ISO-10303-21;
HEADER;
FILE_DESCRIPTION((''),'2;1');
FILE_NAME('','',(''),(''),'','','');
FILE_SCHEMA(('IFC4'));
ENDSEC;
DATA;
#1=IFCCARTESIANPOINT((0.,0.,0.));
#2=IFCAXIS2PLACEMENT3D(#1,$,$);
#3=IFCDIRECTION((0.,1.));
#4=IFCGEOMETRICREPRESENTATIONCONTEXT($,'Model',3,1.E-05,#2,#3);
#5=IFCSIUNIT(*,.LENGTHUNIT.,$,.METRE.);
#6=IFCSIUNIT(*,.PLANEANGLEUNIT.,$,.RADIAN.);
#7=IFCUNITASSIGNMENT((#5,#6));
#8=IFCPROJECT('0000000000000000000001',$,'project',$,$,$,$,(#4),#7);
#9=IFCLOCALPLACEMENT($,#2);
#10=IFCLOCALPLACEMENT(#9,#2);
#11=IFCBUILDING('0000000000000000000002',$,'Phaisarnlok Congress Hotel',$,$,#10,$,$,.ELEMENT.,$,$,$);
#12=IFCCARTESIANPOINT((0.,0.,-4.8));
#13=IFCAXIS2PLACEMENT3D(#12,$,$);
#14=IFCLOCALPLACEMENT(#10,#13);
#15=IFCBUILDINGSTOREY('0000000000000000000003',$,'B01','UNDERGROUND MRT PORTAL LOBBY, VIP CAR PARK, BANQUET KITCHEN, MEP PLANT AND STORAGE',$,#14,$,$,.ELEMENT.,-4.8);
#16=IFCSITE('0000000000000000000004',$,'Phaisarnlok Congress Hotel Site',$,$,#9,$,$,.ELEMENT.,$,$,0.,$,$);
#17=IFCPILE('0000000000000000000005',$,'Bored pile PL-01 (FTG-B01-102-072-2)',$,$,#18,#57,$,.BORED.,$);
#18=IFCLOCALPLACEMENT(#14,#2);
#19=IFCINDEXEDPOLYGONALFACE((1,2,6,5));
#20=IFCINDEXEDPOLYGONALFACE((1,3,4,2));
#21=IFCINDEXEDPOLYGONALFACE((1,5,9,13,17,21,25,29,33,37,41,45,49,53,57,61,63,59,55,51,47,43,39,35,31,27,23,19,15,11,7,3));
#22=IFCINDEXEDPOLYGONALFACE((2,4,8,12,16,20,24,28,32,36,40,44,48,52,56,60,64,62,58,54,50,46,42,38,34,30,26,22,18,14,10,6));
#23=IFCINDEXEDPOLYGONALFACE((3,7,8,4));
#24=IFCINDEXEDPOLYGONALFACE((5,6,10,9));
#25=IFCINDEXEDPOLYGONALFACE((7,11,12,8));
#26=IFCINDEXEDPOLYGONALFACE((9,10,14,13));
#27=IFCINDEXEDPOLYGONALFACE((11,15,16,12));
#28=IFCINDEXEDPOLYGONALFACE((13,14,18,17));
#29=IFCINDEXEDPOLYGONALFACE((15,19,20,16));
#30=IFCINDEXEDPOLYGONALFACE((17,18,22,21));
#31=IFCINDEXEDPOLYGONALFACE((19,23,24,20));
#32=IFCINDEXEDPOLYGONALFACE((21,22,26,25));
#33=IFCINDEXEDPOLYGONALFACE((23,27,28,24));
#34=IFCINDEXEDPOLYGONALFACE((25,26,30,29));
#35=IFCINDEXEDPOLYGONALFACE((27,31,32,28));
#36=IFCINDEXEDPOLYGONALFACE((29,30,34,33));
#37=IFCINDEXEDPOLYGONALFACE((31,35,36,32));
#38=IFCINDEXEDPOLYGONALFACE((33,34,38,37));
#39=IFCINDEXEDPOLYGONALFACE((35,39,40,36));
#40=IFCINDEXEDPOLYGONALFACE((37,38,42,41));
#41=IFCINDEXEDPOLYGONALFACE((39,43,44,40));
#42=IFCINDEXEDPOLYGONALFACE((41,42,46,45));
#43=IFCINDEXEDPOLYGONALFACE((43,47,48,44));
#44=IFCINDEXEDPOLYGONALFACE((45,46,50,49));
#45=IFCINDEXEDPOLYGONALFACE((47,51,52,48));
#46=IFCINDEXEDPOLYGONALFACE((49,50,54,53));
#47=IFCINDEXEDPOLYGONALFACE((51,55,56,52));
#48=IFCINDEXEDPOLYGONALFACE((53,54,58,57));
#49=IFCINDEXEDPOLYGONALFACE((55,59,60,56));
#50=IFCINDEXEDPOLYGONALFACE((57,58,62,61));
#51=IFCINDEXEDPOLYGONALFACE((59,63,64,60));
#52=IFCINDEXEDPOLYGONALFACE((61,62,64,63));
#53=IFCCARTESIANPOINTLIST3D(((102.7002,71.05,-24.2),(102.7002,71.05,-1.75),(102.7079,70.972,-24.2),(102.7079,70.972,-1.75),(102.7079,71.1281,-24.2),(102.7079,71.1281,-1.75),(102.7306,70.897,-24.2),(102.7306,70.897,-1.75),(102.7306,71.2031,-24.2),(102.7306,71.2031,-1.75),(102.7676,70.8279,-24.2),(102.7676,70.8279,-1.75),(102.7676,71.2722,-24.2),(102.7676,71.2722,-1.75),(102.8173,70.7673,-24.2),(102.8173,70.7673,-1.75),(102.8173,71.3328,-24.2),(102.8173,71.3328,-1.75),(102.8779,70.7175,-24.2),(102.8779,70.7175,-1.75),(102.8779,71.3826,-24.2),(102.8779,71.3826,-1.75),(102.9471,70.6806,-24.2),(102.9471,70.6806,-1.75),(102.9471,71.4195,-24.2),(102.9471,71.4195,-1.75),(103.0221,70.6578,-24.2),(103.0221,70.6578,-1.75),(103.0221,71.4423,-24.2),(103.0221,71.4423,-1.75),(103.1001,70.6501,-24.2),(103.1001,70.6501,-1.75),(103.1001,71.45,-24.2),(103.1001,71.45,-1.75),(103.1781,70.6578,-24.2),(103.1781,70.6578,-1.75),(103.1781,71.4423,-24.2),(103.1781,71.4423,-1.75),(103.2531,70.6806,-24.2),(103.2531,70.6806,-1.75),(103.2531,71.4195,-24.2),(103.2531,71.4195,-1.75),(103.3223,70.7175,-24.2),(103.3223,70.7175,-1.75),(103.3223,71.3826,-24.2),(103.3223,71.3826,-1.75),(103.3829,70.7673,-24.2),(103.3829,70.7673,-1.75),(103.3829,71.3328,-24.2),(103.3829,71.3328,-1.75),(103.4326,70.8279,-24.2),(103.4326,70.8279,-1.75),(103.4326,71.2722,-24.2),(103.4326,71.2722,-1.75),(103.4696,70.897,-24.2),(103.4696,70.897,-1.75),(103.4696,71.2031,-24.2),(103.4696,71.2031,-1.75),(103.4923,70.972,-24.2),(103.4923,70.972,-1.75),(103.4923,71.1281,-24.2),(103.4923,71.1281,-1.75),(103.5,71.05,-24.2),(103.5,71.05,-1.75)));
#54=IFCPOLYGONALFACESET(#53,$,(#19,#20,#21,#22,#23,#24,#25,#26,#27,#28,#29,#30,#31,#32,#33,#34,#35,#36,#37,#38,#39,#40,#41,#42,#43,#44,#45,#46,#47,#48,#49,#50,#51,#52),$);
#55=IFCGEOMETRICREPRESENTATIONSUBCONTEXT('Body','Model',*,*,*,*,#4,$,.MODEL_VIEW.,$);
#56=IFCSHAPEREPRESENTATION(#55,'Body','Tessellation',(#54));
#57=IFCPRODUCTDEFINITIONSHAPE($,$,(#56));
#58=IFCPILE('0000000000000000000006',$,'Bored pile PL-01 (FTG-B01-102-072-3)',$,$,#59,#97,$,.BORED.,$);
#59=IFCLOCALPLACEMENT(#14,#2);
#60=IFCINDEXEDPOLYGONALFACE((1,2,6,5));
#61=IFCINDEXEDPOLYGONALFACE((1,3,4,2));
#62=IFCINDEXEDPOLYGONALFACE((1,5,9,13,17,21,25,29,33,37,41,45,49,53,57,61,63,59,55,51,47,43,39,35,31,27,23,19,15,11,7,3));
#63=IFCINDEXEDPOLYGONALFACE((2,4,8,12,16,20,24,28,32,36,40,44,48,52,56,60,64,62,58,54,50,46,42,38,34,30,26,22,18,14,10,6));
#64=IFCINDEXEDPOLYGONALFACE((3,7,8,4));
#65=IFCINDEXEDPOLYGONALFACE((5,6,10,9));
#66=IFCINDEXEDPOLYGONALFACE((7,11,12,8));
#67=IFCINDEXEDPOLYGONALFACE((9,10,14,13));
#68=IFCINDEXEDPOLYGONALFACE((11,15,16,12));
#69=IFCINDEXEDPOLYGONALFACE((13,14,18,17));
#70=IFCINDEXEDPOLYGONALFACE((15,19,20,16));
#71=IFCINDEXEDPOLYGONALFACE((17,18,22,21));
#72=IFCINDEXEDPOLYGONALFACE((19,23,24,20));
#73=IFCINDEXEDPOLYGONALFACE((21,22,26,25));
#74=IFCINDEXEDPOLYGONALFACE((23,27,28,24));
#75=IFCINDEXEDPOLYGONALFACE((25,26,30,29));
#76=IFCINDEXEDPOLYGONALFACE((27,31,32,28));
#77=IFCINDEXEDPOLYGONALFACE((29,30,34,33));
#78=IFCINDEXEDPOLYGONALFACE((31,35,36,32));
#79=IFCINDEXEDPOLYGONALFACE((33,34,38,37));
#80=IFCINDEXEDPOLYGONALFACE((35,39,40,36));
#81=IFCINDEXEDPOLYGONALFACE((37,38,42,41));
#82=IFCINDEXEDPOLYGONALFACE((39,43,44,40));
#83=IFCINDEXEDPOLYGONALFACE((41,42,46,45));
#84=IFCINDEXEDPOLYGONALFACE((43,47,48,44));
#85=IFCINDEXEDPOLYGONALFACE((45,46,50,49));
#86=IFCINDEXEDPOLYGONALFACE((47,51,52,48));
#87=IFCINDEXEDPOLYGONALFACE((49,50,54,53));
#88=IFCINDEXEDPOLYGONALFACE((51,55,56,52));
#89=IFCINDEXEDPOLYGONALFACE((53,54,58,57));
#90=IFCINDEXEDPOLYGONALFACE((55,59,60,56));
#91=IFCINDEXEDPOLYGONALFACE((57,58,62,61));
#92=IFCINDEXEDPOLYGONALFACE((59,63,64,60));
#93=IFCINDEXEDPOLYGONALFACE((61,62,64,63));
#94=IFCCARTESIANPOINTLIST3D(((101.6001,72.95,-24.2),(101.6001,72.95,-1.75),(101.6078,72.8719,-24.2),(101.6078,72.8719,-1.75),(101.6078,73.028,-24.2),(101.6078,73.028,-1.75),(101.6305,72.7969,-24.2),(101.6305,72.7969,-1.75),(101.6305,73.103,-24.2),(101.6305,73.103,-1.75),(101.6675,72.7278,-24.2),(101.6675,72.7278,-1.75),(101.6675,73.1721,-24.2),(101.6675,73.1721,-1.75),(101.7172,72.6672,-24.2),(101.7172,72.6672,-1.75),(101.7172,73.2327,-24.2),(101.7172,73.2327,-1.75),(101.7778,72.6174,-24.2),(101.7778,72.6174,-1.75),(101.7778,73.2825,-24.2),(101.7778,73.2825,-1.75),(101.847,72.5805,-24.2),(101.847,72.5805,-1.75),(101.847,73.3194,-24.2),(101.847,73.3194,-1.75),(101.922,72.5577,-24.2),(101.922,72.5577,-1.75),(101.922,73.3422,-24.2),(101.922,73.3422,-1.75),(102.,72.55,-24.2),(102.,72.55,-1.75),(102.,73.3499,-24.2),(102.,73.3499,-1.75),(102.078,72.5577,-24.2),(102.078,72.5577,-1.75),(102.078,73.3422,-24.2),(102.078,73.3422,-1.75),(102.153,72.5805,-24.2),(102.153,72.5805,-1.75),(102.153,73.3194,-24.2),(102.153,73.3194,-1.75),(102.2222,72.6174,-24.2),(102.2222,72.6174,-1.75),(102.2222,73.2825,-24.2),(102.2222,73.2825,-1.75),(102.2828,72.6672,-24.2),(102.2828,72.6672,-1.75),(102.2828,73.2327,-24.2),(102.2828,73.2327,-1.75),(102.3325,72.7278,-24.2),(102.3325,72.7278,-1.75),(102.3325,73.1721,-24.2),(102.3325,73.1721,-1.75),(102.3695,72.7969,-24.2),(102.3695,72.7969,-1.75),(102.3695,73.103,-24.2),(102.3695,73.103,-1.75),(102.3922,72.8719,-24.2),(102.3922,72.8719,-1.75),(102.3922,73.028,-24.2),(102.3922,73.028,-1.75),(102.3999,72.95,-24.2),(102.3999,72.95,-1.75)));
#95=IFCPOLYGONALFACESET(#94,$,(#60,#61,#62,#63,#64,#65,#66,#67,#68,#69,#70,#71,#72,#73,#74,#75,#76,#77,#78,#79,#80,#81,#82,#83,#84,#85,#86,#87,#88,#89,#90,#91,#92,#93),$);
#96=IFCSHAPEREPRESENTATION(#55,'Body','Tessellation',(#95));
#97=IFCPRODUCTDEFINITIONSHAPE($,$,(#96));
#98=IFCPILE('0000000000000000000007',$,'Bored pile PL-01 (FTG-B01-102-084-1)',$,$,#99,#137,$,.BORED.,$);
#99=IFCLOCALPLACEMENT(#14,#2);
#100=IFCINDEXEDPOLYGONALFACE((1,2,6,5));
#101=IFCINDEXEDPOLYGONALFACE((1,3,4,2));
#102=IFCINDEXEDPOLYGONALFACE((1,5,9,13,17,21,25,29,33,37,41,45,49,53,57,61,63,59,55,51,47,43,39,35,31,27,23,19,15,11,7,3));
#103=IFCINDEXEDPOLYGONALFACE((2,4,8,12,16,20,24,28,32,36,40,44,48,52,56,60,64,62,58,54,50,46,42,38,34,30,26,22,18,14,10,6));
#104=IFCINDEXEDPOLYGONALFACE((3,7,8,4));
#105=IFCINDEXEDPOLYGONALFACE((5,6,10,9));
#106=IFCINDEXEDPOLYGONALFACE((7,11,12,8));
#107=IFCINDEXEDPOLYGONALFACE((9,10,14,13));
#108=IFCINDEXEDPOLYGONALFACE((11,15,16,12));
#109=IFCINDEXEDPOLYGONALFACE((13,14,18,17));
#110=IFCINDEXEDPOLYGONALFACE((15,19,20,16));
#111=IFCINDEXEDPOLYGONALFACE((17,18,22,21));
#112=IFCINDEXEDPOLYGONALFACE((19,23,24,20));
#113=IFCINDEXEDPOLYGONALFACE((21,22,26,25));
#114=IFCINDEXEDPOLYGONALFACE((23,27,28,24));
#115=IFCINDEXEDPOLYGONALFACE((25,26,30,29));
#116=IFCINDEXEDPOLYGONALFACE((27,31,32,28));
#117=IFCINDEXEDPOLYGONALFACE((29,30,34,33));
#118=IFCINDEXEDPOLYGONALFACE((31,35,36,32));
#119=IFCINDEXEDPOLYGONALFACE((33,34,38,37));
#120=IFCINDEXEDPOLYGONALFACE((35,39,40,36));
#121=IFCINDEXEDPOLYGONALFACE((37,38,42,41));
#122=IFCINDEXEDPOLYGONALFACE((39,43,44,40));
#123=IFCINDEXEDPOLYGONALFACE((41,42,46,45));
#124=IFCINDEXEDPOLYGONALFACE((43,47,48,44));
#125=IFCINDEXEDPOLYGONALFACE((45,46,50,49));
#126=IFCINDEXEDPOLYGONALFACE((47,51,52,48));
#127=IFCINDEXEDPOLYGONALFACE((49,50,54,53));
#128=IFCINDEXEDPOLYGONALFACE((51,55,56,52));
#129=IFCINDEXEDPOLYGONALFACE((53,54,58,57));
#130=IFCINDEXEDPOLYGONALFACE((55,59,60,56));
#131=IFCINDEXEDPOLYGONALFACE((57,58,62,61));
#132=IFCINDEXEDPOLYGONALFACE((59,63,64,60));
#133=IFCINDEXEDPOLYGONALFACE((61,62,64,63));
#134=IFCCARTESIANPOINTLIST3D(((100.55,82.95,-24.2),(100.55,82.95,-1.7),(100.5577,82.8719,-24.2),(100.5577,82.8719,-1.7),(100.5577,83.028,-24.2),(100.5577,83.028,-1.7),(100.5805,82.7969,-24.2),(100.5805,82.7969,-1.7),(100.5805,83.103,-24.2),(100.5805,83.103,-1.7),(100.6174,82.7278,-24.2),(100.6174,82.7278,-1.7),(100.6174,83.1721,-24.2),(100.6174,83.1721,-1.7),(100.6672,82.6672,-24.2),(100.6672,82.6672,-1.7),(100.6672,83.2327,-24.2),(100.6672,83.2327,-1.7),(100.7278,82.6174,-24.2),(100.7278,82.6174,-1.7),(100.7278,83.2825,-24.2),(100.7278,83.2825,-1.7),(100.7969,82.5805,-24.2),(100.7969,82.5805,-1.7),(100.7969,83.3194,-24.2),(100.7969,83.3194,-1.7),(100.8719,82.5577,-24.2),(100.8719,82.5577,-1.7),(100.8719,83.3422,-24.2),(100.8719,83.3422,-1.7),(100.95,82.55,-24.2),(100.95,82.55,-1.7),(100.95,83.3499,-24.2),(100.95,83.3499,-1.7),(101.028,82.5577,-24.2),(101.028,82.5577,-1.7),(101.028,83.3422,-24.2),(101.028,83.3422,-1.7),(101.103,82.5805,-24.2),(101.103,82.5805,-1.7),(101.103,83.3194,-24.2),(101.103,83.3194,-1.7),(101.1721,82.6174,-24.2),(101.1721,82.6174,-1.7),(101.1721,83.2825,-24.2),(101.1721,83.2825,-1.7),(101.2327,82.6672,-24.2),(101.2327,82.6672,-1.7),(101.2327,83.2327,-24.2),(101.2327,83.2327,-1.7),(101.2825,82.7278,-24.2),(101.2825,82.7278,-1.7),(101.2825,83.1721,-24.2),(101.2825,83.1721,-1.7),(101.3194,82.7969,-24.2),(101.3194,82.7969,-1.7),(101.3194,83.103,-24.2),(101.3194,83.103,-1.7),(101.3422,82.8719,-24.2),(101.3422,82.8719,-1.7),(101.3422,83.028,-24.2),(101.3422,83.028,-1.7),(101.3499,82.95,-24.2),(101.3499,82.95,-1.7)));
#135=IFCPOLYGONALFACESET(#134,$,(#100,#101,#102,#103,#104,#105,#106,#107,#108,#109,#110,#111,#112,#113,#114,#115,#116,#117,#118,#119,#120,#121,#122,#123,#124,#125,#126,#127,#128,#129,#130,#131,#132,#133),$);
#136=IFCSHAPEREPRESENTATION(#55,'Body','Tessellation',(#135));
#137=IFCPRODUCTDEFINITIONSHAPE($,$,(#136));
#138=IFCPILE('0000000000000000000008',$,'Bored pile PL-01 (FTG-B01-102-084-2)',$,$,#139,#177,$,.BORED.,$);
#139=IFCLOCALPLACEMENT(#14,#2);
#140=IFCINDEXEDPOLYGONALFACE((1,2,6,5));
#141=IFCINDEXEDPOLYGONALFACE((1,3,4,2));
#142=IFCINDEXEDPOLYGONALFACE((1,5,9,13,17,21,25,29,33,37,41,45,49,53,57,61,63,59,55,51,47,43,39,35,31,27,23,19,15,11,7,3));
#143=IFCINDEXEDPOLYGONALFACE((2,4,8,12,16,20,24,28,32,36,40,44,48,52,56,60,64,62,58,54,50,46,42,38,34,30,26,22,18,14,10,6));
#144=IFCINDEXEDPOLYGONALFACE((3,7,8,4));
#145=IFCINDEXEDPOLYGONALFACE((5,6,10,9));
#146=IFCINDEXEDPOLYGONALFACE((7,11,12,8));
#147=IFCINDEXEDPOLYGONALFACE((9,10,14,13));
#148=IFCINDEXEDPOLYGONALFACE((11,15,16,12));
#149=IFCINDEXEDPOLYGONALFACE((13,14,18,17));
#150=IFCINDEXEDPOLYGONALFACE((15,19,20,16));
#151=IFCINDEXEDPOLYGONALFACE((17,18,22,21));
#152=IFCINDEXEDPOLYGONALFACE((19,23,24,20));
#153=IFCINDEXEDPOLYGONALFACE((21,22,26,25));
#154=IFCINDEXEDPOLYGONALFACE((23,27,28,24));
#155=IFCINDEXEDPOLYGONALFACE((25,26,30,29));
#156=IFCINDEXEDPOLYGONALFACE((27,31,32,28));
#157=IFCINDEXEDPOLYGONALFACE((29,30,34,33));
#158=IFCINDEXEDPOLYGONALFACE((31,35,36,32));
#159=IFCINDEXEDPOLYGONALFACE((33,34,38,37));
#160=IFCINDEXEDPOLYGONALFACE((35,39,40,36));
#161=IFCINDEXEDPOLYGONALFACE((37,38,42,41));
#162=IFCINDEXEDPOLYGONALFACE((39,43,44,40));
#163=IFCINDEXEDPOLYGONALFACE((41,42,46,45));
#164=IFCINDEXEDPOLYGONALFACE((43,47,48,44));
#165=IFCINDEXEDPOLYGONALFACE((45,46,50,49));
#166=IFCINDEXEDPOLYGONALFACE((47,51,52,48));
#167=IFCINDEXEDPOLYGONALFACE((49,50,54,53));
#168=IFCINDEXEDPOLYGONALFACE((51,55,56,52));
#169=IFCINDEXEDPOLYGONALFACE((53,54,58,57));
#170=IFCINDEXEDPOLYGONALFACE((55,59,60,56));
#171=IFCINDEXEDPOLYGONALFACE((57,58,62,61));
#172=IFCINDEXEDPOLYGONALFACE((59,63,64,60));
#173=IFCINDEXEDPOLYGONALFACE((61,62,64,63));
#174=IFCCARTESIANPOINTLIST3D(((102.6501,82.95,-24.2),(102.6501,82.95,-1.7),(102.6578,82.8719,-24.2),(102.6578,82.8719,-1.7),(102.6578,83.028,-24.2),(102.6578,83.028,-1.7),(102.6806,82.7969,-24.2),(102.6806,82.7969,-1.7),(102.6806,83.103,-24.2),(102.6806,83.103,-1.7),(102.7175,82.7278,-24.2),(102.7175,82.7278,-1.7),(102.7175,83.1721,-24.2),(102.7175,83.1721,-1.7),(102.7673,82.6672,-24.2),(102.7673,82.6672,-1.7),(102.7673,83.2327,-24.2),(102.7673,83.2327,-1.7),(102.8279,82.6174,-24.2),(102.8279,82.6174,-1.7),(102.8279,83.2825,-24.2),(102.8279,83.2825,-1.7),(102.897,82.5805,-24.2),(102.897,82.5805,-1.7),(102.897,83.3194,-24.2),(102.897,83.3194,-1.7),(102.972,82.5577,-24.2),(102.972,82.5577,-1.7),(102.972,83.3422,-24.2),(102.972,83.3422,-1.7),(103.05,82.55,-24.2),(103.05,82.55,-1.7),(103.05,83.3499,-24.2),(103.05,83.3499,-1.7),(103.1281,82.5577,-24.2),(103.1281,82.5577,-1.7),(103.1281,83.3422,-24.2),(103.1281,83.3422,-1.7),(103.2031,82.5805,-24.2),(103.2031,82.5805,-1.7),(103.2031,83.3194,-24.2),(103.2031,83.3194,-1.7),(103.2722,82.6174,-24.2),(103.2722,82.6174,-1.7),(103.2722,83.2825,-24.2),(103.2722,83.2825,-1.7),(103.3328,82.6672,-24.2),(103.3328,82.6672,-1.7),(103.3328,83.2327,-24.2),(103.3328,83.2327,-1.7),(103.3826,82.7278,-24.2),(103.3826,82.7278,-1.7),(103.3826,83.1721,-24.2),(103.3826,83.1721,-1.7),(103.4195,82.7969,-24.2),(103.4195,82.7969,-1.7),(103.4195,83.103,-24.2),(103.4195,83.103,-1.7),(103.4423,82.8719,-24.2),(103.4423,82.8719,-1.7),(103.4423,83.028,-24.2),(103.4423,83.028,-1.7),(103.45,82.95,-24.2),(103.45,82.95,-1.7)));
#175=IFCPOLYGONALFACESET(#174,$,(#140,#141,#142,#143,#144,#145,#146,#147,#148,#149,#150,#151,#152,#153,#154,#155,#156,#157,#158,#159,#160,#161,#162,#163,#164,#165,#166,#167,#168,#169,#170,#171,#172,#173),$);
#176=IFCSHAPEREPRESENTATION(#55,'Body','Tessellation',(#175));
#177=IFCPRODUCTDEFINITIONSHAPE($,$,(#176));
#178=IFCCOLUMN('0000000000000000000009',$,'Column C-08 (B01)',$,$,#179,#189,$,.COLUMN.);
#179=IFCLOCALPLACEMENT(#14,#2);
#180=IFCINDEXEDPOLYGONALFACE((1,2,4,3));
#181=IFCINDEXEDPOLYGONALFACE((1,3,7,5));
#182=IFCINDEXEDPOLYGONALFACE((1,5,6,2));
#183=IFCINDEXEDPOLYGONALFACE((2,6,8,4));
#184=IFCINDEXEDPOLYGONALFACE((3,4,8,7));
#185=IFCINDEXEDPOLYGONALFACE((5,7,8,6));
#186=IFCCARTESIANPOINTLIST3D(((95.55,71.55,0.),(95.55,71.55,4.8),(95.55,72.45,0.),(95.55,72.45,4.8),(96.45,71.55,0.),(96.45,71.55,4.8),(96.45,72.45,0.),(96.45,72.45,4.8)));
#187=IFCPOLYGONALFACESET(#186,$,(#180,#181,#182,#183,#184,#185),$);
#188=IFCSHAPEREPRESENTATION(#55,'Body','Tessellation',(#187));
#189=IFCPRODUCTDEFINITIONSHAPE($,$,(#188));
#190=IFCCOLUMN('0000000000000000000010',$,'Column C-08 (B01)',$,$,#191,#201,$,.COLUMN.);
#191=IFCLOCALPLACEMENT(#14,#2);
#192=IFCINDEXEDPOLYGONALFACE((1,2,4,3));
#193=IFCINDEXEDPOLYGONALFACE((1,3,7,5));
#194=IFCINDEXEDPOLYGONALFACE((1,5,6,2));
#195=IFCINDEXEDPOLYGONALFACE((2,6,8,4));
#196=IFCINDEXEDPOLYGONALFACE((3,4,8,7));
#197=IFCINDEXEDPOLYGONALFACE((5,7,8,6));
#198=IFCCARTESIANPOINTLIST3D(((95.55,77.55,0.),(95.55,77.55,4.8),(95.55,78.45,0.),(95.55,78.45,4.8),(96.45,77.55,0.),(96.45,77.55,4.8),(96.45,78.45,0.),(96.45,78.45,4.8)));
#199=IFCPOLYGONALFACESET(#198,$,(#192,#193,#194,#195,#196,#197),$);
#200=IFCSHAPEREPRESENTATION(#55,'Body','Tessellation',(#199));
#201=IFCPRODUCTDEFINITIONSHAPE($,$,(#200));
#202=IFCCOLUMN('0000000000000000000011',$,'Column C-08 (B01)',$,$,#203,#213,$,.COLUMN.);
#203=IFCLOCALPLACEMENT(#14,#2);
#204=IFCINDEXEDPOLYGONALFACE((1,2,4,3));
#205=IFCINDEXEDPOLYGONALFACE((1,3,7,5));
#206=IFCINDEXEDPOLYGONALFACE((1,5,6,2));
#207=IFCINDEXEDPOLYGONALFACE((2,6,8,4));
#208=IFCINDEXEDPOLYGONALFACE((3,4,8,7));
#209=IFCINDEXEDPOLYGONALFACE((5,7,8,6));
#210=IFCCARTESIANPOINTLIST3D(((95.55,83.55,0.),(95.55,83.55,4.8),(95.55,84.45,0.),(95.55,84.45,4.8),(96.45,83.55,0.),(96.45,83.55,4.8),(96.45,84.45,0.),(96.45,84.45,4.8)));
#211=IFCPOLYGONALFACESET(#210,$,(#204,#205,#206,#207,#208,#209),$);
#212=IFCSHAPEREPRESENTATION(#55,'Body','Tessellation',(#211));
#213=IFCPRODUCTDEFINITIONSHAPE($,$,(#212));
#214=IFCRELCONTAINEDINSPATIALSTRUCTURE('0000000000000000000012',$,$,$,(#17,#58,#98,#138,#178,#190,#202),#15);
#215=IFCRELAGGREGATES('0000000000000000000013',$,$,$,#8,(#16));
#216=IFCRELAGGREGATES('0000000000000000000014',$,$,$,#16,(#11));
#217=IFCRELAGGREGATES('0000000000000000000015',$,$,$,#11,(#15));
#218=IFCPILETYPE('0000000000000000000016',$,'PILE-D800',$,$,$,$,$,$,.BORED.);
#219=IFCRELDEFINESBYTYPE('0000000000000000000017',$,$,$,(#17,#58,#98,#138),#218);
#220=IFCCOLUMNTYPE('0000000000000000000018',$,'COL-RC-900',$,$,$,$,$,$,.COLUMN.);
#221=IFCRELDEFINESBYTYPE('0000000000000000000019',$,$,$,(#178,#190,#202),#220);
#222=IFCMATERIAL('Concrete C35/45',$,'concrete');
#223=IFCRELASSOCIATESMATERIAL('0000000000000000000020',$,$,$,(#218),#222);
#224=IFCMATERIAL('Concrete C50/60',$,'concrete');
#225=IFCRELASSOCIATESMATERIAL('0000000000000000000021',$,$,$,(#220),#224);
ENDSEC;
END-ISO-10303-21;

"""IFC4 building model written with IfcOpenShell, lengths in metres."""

from ifc_helpers import new_model, si_unit, direction, frame, origin, origin_2d, place, context, subcontext, project, spatial, rectangle, circle, extrude, material, material_profile, profile_set, type_object, element, save


model = new_model("IFC4")

# Units and contexts
model_context = context("Model", 3, precision=1e-05, world=origin(), true_north=direction((0.0, 1.0)))
body_context = subcontext(model_context, "Body", "Model", "MODEL_VIEW")
ifc_project = project(units=[si_unit("LENGTHUNIT", "METRE"), si_unit("PLANEANGLEUNIT", "RADIAN")], contexts=[model_context])

# Site, building, storey
site_placement = place(None, origin())
site = spatial("IfcSite", under=ifc_project, at=site_placement, Name="Phaisarnlok Congress Hotel Site", CompositionType="ELEMENT", RefElevation=0.0)
building_placement = place(site_placement, origin())
building = spatial("IfcBuilding", under=site, at=building_placement, Name="Phaisarnlok Congress Hotel", CompositionType="ELEMENT")
storey_placement = place(building_placement, frame((0.0, 0.0, -4.8)))
storey = spatial("IfcBuildingStorey", under=building, at=storey_placement, Name="B01", Description="UNDERGROUND MRT PORTAL LOBBY, VIP CAR PARK, BANQUET KITCHEN, MEP PLANT AND STORAGE", CompositionType="ELEMENT", Elevation=-4.8)

# Piles
ifc_material_1 = material(Name="Concrete C35/45", Category="concrete")
ifc_material_profile_1 = material_profile(ifc_material_1, circle(Radius=0.3999, at=origin_2d()), Name="BORED PILE D800")
ifc_profile_set_1 = profile_set([ifc_material_profile_1], Name="Concrete C35/45")
pile_type_1 = type_object("IfcPileType", Name="PILE-D800", PredefinedType="BORED", material=ifc_profile_set_1)
for number, where, z_axis, x_axis, name in (
    (1, (103.1001, 71.05, -1.75), (0.0, 0.0, -1.0), (1.0, 0.0, 0.0), "Bored pile PL-01 (FTG-B01-102-072-2)"),
    (2, (102.0, 72.95, -1.75), (0.0, 0.0, -1.0), (1.0, 0.0, 0.0), "Bored pile PL-01 (FTG-B01-102-072-3)"),
):
    element("IfcPile", number, at=place(storey_placement, frame(where, z_axis=z_axis, x_axis=x_axis)), inside=storey, type_object=pile_type_1, Name=name, PredefinedType="BORED", context=body_context, shape_type="SweptSolid", body=[
        extrude(circle(Radius=0.3999, at=origin_2d()), origin(), (0.0, 0.0, 1.0), 22.45),
    ])
for number, where, z_axis, x_axis, name in (
    (3, (100.95, 82.95, -1.7), (0.0, 0.0, -1.0), (1.0, 0.0, 0.0), "Bored pile PL-01 (FTG-B01-102-084-1)"),
    (4, (103.05, 82.95, -1.7), (0.0, 0.0, -1.0), (1.0, 0.0, 0.0), "Bored pile PL-01 (FTG-B01-102-084-2)"),
):
    element("IfcPile", number, at=place(storey_placement, frame(where, z_axis=z_axis, x_axis=x_axis)), inside=storey, type_object=pile_type_1, Name=name, PredefinedType="BORED", context=body_context, shape_type="SweptSolid", body=[
        extrude(circle(Radius=0.3999, at=origin_2d()), origin(), (0.0, 0.0, 1.0), 22.5),
    ])

# Columns
ifc_material_2 = material(Name="Concrete C50/60", Category="concrete")
ifc_material_profile_2 = material_profile(ifc_material_2, rectangle(XDim=0.8999, YDim=0.8999, at=origin_2d()), Name="RC 900x900")
ifc_profile_set_2 = profile_set([ifc_material_profile_2], Name="Concrete C50/60")
column_type = type_object("IfcColumnType", Name="COL-RC-900", PredefinedType="COLUMN", material=ifc_profile_set_2)
for number, where, z_axis, x_axis, name in (
    (5, (96.0, 72.0, 0.0), (0.0, 0.0, 1.0), (1.0, 0.0, 0.0), "Column C-08 (B01)"),
    (6, (96.0, 78.0, 0.0), (0.0, 0.0, 1.0), (1.0, 0.0, 0.0), "Column C-08 (B01)"),
    (7, (96.0, 84.0, 0.0), (0.0, 0.0, 1.0), (1.0, 0.0, 0.0), "Column C-08 (B01)"),
):
    element("IfcColumn", number, at=place(storey_placement, frame(where, z_axis=z_axis, x_axis=x_axis)), inside=storey, type_object=column_type, Name=name, PredefinedType="COLUMN", context=body_context, shape_type="SweptSolid", body=[
        extrude(rectangle(XDim=0.8999, YDim=0.8999, at=origin_2d()), origin(), (0.0, 0.0, 1.0), 4.8),
    ])

save(model, "model.ifc")
